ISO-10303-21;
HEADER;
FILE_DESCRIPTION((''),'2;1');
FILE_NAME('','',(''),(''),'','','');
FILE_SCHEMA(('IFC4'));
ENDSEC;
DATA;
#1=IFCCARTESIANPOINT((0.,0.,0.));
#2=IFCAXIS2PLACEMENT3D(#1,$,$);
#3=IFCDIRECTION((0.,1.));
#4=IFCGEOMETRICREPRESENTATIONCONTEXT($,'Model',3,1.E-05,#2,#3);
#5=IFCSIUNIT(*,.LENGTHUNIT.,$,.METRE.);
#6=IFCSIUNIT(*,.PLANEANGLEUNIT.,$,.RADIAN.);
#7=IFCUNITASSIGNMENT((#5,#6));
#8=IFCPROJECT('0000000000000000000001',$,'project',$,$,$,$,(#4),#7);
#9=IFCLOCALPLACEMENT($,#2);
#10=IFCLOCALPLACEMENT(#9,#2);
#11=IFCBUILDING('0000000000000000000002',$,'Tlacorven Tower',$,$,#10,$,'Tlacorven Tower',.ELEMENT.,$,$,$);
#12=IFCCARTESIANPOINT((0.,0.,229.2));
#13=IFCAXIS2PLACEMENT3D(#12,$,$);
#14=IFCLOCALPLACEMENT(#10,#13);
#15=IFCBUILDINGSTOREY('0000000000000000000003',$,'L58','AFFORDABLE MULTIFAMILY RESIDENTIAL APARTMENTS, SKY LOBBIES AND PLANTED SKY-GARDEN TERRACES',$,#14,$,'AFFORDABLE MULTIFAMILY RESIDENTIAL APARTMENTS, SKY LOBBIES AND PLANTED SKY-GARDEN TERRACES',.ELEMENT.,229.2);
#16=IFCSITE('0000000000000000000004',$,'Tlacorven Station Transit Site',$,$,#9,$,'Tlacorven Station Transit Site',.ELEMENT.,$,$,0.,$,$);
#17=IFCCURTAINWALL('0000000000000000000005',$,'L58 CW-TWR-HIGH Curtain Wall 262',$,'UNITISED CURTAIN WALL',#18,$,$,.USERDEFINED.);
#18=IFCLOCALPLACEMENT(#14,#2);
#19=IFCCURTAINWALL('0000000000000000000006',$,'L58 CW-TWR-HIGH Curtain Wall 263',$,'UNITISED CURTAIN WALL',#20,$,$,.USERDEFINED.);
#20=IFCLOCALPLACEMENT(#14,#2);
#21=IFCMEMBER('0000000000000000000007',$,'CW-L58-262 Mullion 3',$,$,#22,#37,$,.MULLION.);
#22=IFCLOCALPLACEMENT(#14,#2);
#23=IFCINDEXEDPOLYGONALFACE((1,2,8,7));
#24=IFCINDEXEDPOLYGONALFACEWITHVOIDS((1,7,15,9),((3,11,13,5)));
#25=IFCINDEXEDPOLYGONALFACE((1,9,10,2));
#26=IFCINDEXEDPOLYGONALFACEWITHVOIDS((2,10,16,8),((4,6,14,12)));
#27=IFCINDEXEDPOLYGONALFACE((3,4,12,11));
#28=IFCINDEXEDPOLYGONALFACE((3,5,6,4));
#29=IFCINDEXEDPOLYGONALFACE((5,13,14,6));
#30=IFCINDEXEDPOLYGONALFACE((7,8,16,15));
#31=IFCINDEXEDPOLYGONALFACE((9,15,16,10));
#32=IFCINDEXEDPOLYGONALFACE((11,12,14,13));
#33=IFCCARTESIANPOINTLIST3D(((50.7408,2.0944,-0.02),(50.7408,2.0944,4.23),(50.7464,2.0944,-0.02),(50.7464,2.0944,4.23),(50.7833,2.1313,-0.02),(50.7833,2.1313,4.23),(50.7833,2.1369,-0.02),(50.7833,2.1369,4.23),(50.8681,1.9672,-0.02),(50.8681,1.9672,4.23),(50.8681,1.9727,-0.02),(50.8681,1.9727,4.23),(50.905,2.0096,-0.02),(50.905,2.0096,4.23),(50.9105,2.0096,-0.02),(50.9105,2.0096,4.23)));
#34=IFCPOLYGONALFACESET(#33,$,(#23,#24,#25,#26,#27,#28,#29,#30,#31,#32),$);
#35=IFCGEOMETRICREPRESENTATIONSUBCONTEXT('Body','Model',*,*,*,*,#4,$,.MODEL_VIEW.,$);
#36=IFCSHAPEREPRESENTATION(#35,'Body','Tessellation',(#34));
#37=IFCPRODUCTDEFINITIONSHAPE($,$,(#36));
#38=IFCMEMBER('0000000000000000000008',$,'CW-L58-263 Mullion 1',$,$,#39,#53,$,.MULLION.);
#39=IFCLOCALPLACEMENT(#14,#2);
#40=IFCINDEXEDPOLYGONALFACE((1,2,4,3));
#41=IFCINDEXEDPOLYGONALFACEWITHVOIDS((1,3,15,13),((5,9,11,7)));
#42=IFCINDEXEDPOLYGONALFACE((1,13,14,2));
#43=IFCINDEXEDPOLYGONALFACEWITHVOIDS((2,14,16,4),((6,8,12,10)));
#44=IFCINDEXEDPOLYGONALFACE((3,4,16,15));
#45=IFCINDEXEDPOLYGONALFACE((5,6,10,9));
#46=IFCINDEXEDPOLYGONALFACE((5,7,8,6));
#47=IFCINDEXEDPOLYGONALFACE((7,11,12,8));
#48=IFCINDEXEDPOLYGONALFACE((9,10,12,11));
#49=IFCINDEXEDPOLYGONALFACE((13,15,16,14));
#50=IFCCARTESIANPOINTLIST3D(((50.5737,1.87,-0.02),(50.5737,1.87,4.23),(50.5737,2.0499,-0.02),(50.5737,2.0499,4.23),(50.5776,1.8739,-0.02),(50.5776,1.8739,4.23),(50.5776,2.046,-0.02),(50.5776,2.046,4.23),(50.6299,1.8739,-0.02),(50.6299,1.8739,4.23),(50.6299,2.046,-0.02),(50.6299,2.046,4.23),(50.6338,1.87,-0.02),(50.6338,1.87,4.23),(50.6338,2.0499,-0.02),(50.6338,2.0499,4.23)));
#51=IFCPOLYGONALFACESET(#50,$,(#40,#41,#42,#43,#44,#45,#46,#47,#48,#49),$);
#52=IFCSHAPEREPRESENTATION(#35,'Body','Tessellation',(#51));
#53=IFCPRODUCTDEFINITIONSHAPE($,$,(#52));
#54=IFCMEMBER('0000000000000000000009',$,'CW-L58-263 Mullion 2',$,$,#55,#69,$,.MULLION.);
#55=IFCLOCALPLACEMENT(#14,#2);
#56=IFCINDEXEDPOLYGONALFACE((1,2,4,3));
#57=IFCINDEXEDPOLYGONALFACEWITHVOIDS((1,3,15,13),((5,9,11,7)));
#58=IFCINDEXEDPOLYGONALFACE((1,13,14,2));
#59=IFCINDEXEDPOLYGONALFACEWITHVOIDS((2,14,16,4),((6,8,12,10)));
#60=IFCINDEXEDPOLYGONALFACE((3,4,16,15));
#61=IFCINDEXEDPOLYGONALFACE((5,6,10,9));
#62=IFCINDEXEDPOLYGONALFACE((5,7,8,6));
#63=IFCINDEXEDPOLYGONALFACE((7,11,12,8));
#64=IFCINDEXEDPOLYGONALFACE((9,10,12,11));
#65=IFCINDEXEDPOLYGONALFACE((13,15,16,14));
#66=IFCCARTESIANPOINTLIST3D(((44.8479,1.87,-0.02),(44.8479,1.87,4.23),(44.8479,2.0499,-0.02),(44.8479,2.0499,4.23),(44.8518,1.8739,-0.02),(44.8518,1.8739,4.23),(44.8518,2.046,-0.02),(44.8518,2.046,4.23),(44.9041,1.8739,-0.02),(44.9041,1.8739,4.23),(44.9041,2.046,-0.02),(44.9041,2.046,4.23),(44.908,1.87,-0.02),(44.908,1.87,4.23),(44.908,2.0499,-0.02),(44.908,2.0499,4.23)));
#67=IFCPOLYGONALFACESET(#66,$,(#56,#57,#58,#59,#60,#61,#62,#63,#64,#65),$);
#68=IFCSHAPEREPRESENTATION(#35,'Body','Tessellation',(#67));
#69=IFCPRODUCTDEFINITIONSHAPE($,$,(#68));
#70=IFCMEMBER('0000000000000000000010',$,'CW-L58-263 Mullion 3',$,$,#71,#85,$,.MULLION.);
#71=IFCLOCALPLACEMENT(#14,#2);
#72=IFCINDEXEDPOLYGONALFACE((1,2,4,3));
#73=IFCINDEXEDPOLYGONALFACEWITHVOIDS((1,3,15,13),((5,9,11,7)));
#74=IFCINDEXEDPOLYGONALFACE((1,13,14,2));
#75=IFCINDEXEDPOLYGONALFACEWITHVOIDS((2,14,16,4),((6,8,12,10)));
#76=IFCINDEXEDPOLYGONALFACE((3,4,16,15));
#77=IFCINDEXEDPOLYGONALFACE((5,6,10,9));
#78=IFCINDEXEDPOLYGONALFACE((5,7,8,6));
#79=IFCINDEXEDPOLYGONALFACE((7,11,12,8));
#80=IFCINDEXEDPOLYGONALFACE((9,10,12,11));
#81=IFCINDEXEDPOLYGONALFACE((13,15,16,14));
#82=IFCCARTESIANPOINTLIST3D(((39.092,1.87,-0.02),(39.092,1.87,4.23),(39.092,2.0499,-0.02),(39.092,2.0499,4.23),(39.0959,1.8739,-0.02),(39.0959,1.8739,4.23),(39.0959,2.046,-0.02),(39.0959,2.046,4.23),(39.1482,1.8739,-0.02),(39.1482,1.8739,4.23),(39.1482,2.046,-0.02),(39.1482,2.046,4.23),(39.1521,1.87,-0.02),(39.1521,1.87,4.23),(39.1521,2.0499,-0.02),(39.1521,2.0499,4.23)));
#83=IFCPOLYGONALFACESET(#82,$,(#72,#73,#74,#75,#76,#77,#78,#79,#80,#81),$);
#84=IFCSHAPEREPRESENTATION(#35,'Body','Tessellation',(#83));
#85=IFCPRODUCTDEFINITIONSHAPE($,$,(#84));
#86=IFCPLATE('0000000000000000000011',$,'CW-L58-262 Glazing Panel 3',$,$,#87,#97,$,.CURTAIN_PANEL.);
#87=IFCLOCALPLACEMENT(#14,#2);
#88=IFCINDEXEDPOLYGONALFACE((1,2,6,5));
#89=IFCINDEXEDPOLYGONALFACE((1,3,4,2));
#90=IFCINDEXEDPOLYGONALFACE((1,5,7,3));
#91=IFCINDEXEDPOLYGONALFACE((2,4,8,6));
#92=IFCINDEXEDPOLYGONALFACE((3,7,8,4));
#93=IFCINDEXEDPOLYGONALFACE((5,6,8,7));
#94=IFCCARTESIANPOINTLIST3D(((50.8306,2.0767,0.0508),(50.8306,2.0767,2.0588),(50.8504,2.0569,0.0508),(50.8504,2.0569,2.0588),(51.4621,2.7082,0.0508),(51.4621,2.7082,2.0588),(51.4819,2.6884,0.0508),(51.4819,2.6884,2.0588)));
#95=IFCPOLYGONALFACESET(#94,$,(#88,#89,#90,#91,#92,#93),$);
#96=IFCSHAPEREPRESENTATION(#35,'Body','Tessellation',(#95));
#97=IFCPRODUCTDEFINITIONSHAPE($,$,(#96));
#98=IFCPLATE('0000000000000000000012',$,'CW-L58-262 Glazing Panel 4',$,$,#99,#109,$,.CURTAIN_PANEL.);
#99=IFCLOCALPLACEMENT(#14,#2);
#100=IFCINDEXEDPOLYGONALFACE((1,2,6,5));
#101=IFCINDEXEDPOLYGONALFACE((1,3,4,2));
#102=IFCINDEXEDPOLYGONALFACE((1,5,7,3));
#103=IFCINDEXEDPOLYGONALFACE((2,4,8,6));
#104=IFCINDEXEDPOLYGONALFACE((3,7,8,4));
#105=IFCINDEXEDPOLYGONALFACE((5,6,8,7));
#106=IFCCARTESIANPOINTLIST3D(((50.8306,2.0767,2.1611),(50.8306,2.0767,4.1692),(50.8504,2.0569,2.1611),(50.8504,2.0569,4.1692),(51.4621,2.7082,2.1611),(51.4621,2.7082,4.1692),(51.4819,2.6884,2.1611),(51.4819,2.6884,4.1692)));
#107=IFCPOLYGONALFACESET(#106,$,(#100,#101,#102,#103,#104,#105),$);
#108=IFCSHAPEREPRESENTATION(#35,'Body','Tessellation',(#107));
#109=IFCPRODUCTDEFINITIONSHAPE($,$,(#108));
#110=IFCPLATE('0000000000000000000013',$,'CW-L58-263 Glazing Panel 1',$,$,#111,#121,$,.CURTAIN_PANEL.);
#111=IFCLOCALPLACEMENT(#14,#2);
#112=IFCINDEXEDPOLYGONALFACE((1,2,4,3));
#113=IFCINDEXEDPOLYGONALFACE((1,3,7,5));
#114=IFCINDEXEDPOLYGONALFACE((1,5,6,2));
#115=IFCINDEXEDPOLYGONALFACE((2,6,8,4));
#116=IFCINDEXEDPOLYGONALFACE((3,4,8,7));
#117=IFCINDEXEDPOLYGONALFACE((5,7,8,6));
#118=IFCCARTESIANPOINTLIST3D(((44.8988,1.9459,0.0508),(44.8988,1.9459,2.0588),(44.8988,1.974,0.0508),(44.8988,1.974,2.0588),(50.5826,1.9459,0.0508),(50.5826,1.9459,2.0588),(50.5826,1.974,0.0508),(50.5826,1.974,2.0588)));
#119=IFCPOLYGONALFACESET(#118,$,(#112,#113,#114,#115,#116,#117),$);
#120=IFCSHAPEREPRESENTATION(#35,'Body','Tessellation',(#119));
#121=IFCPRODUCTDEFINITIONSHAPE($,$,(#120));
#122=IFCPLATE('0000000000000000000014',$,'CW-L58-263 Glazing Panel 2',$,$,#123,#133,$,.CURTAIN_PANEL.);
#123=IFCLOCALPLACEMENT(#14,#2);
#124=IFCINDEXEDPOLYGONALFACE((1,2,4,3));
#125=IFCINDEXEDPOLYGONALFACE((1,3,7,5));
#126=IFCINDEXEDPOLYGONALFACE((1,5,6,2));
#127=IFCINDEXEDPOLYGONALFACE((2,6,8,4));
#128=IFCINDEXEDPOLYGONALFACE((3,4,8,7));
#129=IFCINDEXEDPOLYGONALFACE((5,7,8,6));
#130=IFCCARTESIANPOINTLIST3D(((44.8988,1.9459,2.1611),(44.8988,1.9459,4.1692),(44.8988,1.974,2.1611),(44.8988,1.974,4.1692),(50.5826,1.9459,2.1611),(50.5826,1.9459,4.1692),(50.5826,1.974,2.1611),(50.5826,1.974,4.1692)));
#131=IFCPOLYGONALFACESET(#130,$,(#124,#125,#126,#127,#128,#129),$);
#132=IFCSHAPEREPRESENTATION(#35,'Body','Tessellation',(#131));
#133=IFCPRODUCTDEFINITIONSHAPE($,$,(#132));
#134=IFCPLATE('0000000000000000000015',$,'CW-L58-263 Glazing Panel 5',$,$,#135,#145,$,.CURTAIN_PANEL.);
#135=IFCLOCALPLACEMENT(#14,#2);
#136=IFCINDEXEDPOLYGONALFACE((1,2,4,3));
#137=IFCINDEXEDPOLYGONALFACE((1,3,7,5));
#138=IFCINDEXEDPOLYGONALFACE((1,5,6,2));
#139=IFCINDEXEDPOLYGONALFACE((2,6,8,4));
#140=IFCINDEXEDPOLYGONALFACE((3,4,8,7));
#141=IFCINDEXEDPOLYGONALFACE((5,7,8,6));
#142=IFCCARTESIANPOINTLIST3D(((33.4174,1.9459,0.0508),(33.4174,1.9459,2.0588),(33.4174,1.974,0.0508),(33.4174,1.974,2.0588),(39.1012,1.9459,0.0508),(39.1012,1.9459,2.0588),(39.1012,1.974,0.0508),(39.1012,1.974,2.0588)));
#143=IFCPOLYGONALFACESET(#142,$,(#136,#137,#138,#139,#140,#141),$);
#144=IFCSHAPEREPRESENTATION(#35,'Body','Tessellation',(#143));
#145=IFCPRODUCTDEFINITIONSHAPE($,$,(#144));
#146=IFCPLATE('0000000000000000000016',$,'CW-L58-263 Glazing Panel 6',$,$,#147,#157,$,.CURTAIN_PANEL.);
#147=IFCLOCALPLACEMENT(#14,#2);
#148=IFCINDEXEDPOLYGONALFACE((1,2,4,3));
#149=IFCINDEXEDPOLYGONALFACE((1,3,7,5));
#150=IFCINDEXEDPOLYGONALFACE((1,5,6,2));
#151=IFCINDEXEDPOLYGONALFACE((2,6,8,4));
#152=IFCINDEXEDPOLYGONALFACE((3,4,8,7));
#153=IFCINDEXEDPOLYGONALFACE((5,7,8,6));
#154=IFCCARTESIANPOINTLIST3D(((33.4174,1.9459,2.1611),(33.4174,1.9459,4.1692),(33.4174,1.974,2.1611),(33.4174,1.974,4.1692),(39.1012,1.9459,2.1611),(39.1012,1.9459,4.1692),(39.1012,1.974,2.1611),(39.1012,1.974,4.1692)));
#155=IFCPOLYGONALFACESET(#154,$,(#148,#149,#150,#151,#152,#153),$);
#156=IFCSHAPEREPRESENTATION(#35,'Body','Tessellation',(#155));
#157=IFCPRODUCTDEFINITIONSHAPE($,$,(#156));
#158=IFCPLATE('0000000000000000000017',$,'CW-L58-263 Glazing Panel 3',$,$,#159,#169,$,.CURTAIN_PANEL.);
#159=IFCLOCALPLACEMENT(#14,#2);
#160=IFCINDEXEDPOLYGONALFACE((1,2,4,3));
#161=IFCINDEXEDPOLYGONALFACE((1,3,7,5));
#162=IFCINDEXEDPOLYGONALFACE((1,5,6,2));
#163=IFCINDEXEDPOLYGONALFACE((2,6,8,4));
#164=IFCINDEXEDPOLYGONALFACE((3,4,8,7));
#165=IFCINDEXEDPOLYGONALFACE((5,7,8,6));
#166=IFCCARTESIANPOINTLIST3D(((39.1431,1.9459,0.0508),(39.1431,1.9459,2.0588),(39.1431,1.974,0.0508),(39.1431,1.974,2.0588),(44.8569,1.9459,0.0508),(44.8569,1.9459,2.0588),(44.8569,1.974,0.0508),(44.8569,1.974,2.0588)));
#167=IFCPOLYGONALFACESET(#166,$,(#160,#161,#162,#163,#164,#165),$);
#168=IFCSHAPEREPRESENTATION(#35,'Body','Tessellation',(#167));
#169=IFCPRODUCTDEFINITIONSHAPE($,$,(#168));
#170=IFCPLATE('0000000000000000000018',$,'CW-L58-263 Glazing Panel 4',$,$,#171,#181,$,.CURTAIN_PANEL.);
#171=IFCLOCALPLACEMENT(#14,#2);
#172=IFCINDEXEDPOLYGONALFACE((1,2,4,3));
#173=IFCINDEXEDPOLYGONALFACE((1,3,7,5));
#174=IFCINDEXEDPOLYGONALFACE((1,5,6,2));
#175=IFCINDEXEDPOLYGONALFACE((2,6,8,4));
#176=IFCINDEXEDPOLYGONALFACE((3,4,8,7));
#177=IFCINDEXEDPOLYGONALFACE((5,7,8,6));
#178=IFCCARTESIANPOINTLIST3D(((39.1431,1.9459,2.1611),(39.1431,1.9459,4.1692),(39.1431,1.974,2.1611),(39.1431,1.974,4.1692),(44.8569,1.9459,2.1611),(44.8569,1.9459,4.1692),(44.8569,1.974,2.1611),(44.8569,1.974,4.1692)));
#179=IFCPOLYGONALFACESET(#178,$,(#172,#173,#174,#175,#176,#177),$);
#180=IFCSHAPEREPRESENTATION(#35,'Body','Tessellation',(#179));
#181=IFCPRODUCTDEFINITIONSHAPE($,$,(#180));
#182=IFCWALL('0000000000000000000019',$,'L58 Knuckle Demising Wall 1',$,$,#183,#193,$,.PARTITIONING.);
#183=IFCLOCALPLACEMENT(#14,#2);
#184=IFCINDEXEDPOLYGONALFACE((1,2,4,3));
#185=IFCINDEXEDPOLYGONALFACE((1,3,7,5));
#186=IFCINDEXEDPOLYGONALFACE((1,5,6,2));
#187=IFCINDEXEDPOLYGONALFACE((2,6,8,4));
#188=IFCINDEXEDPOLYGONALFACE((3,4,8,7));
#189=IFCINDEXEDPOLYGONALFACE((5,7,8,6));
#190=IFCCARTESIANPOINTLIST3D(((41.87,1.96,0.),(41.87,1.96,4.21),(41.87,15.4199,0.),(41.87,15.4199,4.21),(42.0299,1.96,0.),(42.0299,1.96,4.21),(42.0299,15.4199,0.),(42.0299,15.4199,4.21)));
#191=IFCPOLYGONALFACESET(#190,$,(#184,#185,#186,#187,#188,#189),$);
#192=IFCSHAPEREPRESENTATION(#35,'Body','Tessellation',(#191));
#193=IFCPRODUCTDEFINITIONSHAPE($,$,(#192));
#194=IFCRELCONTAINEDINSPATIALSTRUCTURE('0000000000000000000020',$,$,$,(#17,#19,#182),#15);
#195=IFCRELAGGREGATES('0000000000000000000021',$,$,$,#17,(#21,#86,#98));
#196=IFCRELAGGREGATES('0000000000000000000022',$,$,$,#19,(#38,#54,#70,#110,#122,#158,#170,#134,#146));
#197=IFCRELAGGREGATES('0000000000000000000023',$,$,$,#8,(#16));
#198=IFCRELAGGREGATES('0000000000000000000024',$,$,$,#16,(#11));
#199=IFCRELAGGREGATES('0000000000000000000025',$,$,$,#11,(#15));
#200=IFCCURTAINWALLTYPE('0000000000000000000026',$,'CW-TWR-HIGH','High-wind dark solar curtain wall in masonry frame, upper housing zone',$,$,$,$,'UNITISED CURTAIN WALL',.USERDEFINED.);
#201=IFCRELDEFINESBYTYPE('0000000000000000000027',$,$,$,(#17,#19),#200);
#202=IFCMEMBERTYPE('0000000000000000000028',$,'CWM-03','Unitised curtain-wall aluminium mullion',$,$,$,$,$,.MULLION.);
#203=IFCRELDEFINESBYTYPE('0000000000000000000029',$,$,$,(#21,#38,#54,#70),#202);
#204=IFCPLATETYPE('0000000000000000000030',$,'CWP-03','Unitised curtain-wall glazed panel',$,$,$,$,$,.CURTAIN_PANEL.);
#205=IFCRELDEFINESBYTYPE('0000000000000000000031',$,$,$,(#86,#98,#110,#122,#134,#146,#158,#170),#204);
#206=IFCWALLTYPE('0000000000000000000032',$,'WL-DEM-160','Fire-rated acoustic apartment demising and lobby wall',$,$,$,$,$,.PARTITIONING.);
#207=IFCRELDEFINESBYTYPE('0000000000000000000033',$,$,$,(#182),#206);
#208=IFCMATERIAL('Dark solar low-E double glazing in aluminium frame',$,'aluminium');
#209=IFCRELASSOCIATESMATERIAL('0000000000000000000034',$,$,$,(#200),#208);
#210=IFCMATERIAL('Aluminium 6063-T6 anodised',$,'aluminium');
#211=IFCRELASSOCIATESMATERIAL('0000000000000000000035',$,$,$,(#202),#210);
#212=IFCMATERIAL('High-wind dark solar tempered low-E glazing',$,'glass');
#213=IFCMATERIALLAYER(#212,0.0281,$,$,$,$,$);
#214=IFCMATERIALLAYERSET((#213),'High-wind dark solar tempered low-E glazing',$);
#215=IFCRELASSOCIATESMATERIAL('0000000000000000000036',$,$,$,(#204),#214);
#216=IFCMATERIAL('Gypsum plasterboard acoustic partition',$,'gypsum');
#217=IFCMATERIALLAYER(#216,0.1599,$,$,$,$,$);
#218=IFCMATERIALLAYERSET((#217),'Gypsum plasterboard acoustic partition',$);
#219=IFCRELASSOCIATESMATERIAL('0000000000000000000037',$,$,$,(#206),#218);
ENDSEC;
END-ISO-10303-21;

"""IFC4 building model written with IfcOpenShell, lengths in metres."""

from ifc_helpers import new_model, si_unit, direction, frame, frame_2d, origin, origin_2d, place, context, subcontext, project, spatial, rectangle, hollow_rectangle, extrude, source, transform, mapped, material, layer, layer_set, material_profile, profile_set, type_object, element, aggregate, save


model = new_model("IFC4")

# Units and contexts
model_context = context("Model", 3, precision=1e-05, world=origin(), true_north=direction((0.0, 1.0)))
body_context = subcontext(model_context, "Body", "Model", "MODEL_VIEW")
ifc_project = project(units=[si_unit("LENGTHUNIT", "METRE"), si_unit("PLANEANGLEUNIT", "RADIAN")], contexts=[model_context])

# Site, building, storey
site_placement = place(None, origin())
site = spatial("IfcSite", under=ifc_project, at=site_placement, Name="Tlacorven Station Transit Site", LongName="Tlacorven Station Transit Site", CompositionType="ELEMENT", RefElevation=0.0)
building_placement = place(site_placement, origin())
building = spatial("IfcBuilding", under=site, at=building_placement, Name="Tlacorven Tower", LongName="Tlacorven Tower", CompositionType="ELEMENT")
storey_placement = place(building_placement, frame((0.0, 0.0, 229.2)))
storey = spatial("IfcBuildingStorey", under=building, at=storey_placement, Name="L58", Description="AFFORDABLE MULTIFAMILY RESIDENTIAL APARTMENTS, SKY LOBBIES AND PLANTED SKY-GARDEN TERRACES", LongName="AFFORDABLE MULTIFAMILY RESIDENTIAL APARTMENTS, SKY LOBBIES AND PLANTED SKY-GARDEN TERRACES", CompositionType="ELEMENT", Elevation=229.2)

# Curtain walls
ifc_material_1 = material(Name="Dark solar low-E double glazing in aluminium frame", Category="aluminium")
curtain_wall_type = type_object("IfcCurtainWallType", Name="CW-TWR-HIGH", Description="High-wind dark solar curtain wall in masonry frame, upper housing zone", ElementType="UNITISED CURTAIN WALL", PredefinedType="USERDEFINED", material=ifc_material_1)
curtain_wall_1_placement = place(storey_placement, origin())
curtain_wall_1 = element("IfcCurtainWall", 1, at=curtain_wall_1_placement, inside=storey, type_object=curtain_wall_type, Name="L58 CW-TWR-HIGH Curtain Wall 262", ObjectType="UNITISED CURTAIN WALL", PredefinedType="USERDEFINED")
ifc_material_2 = material(Name="Aluminium 6063-T6 anodised", Category="aluminium")
curtain_wall_2_placement = place(storey_placement, origin())
curtain_wall_2 = element("IfcCurtainWall", 2, at=curtain_wall_2_placement, inside=storey, type_object=curtain_wall_type, Name="L58 CW-TWR-HIGH Curtain Wall 263", ObjectType="UNITISED CURTAIN WALL", PredefinedType="USERDEFINED")

# Members
ifc_material_profile_1 = material_profile(ifc_material_2, hollow_rectangle(XDim=0.0601, YDim=0.1799, WallThickness=0.0039, at=origin_2d()), Name="ALU MULLION 60X180")
ifc_profile_set_1 = profile_set([ifc_material_profile_1], Name="Aluminium 6063-T6 anodised")
member_type_1 = type_object("IfcMemberType", Name="CWM-03", Description="Unitised curtain-wall aluminium mullion", PredefinedType="MULLION", material=ifc_profile_set_1)
shared_shape_1 = source(origin(), body_context, "Body", "SweptSolid", [
    extrude(hollow_rectangle(XDim=0.0601, YDim=0.1799, WallThickness=0.0039, at=origin_2d()), origin(), (0.0, 0.0, 1.0), 4.25),
])
member_1_placement = place(storey_placement, frame((50.8257, 2.052, -0.02), z_axis=(0.0, 0.0, 1.0), x_axis=(-0.707107, -0.707107, 0.0)))
member_1 = element("IfcMember", 3, at=member_1_placement, type_object=member_type_1, Name="CW-L58-262 Mullion 3", PredefinedType="MULLION", context=body_context, shape_type="MappedRepresentation", body=[
    mapped(shared_shape_1, transform((0.0, 0.0, 0.0), scale=1.0)),
])
member_2_placement = place(storey_placement, frame((50.6038, 1.96, -0.02), z_axis=(0.0, 0.0, 1.0), x_axis=(-1.0, 0.0, 0.0)))
member_2 = element("IfcMember", 4, at=member_2_placement, type_object=member_type_1, Name="CW-L58-263 Mullion 1", PredefinedType="MULLION", context=body_context, shape_type="MappedRepresentation", body=[
    mapped(shared_shape_1, transform((0.0, 0.0, 0.0), scale=1.0)),
])
member_3_placement = place(storey_placement, frame((44.8779, 1.96, -0.02), z_axis=(0.0, 0.0, 1.0), x_axis=(-1.0, 0.0, 0.0)))
member_3 = element("IfcMember", 5, at=member_3_placement, type_object=member_type_1, Name="CW-L58-263 Mullion 2", PredefinedType="MULLION", context=body_context, shape_type="MappedRepresentation", body=[
    mapped(shared_shape_1, transform((0.0, 0.0, 0.0), scale=1.0)),
])
member_4_placement = place(storey_placement, frame((39.1221, 1.96, -0.02), z_axis=(0.0, 0.0, 1.0), x_axis=(-1.0, 0.0, 0.0)))
member_4 = element("IfcMember", 6, at=member_4_placement, type_object=member_type_1, Name="CW-L58-263 Mullion 3", PredefinedType="MULLION", context=body_context, shape_type="MappedRepresentation", body=[
    mapped(shared_shape_1, transform((0.0, 0.0, 0.0), scale=1.0)),
])

# Plates
ifc_material_3 = material(Name="High-wind dark solar tempered low-E glazing", Category="glass")
ifc_layer_1 = layer(ifc_material_3, 0.0281)
ifc_layer_set_1 = layer_set([ifc_layer_1], Name="High-wind dark solar tempered low-E glazing")
plate_type = type_object("IfcPlateType", Name="CWP-03", Description="Unitised curtain-wall glazed panel", PredefinedType="CURTAIN_PANEL", material=ifc_layer_set_1)
shared_shape_2 = source(origin(), body_context, "Body", "SweptSolid", [
    extrude(rectangle(XDim=0.8931, YDim=0.0281, at=origin_2d()), origin(), (0.0, 0.0, 1.0), 2.0081),
])
plate_1_placement = place(storey_placement, frame((51.1562, 2.3826, 0.0508), z_axis=(0.0, 0.0, 1.0), x_axis=(-0.707107, -0.707107, 0.0)))
plate_1 = element("IfcPlate", 7, at=plate_1_placement, type_object=plate_type, Name="CW-L58-262 Glazing Panel 3", PredefinedType="CURTAIN_PANEL", context=body_context, shape_type="MappedRepresentation", body=[
    mapped(shared_shape_2, transform((0.0, 0.0, 0.0), scale=1.0)),
])
plate_2_placement = place(storey_placement, frame((51.1562, 2.3826, 2.1611), z_axis=(0.0, 0.0, 1.0), x_axis=(-0.707107, -0.707107, 0.0)))
plate_2 = element("IfcPlate", 8, at=plate_2_placement, type_object=plate_type, Name="CW-L58-262 Glazing Panel 4", PredefinedType="CURTAIN_PANEL", context=body_context, shape_type="MappedRepresentation", body=[
    mapped(shared_shape_2, transform((0.0, 0.0, 0.0), scale=1.0)),
])
aggregate(curtain_wall_1, [member_1, plate_1, plate_2])
shared_shape_3 = source(origin(), body_context, "Body", "SweptSolid", [
    extrude(rectangle(XDim=5.6838, YDim=0.0281, at=origin_2d()), origin(), (0.0, 0.0, 1.0), 2.0081),
])
plate_3_placement = place(storey_placement, frame((47.7407, 1.96, 0.0508), z_axis=(0.0, 0.0, 1.0), x_axis=(-1.0, 0.0, 0.0)))
plate_3 = element("IfcPlate", 9, at=plate_3_placement, type_object=plate_type, Name="CW-L58-263 Glazing Panel 1", PredefinedType="CURTAIN_PANEL", context=body_context, shape_type="MappedRepresentation", body=[
    mapped(shared_shape_3, transform((0.0, 0.0, 0.0), scale=1.0)),
])
plate_4_placement = place(storey_placement, frame((47.7407, 1.96, 2.1611), z_axis=(0.0, 0.0, 1.0), x_axis=(-1.0, 0.0, 0.0)))
plate_4 = element("IfcPlate", 10, at=plate_4_placement, type_object=plate_type, Name="CW-L58-263 Glazing Panel 2", PredefinedType="CURTAIN_PANEL", context=body_context, shape_type="MappedRepresentation", body=[
    mapped(shared_shape_3, transform((0.0, 0.0, 0.0), scale=1.0)),
])
plate_5_placement = place(storey_placement, frame((36.2593, 1.96, 0.0508), z_axis=(0.0, 0.0, 1.0), x_axis=(-1.0, 0.0, 0.0)))
plate_5 = element("IfcPlate", 11, at=plate_5_placement, type_object=plate_type, Name="CW-L58-263 Glazing Panel 5", PredefinedType="CURTAIN_PANEL", context=body_context, shape_type="MappedRepresentation", body=[
    mapped(shared_shape_3, transform((0.0, 0.0, 0.0), scale=1.0)),
])
plate_6_placement = place(storey_placement, frame((36.2593, 1.96, 2.1611), z_axis=(0.0, 0.0, 1.0), x_axis=(-1.0, 0.0, 0.0)))
plate_6 = element("IfcPlate", 12, at=plate_6_placement, type_object=plate_type, Name="CW-L58-263 Glazing Panel 6", PredefinedType="CURTAIN_PANEL", context=body_context, shape_type="MappedRepresentation", body=[
    mapped(shared_shape_3, transform((0.0, 0.0, 0.0), scale=1.0)),
])
shared_shape_4 = source(origin(), body_context, "Body", "SweptSolid", [
    extrude(rectangle(XDim=5.7139, YDim=0.0281, at=origin_2d()), origin(), (0.0, 0.0, 1.0), 2.0081),
])
plate_7_placement = place(storey_placement, frame((42.0, 1.96, 0.0508), z_axis=(0.0, 0.0, 1.0), x_axis=(-1.0, 0.0, 0.0)))
plate_7 = element("IfcPlate", 13, at=plate_7_placement, type_object=plate_type, Name="CW-L58-263 Glazing Panel 3", PredefinedType="CURTAIN_PANEL", context=body_context, shape_type="MappedRepresentation", body=[
    mapped(shared_shape_4, transform((0.0, 0.0, 0.0), scale=1.0)),
])
plate_8_placement = place(storey_placement, frame((42.0, 1.96, 2.1611), z_axis=(0.0, 0.0, 1.0), x_axis=(-1.0, 0.0, 0.0)))
plate_8 = element("IfcPlate", 14, at=plate_8_placement, type_object=plate_type, Name="CW-L58-263 Glazing Panel 4", PredefinedType="CURTAIN_PANEL", context=body_context, shape_type="MappedRepresentation", body=[
    mapped(shared_shape_4, transform((0.0, 0.0, 0.0), scale=1.0)),
])
aggregate(curtain_wall_2, [member_2, member_3, member_4, plate_3, plate_4, plate_7, plate_8, plate_5, plate_6])

# Wall
ifc_material_4 = material(Name="Gypsum plasterboard acoustic partition", Category="gypsum")
ifc_layer_2 = layer(ifc_material_4, 0.1599)
ifc_layer_set_2 = layer_set([ifc_layer_2], Name="Gypsum plasterboard acoustic partition")
wall_type_1 = type_object("IfcWallType", Name="WL-DEM-160", Description="Fire-rated acoustic apartment demising and lobby wall", PredefinedType="PARTITIONING", material=ifc_layer_set_2)
wall_1_placement = place(storey_placement, frame((41.95, 1.96, 0.0), z_axis=(0.0, 0.0, 1.0), x_axis=(0.0, 1.0, 0.0)))
element("IfcWall", 15, at=wall_1_placement, inside=storey, type_object=wall_type_1, Name="L58 Knuckle Demising Wall 1", PredefinedType="PARTITIONING", context=body_context, shape_type="SweptSolid", body=[
    extrude(rectangle(XDim=13.46, YDim=0.1599, at=frame_2d((6.73, 0.0))), origin(), (0.0, 0.0, 1.0), 4.21),
])

save(model, "model.ifc")
